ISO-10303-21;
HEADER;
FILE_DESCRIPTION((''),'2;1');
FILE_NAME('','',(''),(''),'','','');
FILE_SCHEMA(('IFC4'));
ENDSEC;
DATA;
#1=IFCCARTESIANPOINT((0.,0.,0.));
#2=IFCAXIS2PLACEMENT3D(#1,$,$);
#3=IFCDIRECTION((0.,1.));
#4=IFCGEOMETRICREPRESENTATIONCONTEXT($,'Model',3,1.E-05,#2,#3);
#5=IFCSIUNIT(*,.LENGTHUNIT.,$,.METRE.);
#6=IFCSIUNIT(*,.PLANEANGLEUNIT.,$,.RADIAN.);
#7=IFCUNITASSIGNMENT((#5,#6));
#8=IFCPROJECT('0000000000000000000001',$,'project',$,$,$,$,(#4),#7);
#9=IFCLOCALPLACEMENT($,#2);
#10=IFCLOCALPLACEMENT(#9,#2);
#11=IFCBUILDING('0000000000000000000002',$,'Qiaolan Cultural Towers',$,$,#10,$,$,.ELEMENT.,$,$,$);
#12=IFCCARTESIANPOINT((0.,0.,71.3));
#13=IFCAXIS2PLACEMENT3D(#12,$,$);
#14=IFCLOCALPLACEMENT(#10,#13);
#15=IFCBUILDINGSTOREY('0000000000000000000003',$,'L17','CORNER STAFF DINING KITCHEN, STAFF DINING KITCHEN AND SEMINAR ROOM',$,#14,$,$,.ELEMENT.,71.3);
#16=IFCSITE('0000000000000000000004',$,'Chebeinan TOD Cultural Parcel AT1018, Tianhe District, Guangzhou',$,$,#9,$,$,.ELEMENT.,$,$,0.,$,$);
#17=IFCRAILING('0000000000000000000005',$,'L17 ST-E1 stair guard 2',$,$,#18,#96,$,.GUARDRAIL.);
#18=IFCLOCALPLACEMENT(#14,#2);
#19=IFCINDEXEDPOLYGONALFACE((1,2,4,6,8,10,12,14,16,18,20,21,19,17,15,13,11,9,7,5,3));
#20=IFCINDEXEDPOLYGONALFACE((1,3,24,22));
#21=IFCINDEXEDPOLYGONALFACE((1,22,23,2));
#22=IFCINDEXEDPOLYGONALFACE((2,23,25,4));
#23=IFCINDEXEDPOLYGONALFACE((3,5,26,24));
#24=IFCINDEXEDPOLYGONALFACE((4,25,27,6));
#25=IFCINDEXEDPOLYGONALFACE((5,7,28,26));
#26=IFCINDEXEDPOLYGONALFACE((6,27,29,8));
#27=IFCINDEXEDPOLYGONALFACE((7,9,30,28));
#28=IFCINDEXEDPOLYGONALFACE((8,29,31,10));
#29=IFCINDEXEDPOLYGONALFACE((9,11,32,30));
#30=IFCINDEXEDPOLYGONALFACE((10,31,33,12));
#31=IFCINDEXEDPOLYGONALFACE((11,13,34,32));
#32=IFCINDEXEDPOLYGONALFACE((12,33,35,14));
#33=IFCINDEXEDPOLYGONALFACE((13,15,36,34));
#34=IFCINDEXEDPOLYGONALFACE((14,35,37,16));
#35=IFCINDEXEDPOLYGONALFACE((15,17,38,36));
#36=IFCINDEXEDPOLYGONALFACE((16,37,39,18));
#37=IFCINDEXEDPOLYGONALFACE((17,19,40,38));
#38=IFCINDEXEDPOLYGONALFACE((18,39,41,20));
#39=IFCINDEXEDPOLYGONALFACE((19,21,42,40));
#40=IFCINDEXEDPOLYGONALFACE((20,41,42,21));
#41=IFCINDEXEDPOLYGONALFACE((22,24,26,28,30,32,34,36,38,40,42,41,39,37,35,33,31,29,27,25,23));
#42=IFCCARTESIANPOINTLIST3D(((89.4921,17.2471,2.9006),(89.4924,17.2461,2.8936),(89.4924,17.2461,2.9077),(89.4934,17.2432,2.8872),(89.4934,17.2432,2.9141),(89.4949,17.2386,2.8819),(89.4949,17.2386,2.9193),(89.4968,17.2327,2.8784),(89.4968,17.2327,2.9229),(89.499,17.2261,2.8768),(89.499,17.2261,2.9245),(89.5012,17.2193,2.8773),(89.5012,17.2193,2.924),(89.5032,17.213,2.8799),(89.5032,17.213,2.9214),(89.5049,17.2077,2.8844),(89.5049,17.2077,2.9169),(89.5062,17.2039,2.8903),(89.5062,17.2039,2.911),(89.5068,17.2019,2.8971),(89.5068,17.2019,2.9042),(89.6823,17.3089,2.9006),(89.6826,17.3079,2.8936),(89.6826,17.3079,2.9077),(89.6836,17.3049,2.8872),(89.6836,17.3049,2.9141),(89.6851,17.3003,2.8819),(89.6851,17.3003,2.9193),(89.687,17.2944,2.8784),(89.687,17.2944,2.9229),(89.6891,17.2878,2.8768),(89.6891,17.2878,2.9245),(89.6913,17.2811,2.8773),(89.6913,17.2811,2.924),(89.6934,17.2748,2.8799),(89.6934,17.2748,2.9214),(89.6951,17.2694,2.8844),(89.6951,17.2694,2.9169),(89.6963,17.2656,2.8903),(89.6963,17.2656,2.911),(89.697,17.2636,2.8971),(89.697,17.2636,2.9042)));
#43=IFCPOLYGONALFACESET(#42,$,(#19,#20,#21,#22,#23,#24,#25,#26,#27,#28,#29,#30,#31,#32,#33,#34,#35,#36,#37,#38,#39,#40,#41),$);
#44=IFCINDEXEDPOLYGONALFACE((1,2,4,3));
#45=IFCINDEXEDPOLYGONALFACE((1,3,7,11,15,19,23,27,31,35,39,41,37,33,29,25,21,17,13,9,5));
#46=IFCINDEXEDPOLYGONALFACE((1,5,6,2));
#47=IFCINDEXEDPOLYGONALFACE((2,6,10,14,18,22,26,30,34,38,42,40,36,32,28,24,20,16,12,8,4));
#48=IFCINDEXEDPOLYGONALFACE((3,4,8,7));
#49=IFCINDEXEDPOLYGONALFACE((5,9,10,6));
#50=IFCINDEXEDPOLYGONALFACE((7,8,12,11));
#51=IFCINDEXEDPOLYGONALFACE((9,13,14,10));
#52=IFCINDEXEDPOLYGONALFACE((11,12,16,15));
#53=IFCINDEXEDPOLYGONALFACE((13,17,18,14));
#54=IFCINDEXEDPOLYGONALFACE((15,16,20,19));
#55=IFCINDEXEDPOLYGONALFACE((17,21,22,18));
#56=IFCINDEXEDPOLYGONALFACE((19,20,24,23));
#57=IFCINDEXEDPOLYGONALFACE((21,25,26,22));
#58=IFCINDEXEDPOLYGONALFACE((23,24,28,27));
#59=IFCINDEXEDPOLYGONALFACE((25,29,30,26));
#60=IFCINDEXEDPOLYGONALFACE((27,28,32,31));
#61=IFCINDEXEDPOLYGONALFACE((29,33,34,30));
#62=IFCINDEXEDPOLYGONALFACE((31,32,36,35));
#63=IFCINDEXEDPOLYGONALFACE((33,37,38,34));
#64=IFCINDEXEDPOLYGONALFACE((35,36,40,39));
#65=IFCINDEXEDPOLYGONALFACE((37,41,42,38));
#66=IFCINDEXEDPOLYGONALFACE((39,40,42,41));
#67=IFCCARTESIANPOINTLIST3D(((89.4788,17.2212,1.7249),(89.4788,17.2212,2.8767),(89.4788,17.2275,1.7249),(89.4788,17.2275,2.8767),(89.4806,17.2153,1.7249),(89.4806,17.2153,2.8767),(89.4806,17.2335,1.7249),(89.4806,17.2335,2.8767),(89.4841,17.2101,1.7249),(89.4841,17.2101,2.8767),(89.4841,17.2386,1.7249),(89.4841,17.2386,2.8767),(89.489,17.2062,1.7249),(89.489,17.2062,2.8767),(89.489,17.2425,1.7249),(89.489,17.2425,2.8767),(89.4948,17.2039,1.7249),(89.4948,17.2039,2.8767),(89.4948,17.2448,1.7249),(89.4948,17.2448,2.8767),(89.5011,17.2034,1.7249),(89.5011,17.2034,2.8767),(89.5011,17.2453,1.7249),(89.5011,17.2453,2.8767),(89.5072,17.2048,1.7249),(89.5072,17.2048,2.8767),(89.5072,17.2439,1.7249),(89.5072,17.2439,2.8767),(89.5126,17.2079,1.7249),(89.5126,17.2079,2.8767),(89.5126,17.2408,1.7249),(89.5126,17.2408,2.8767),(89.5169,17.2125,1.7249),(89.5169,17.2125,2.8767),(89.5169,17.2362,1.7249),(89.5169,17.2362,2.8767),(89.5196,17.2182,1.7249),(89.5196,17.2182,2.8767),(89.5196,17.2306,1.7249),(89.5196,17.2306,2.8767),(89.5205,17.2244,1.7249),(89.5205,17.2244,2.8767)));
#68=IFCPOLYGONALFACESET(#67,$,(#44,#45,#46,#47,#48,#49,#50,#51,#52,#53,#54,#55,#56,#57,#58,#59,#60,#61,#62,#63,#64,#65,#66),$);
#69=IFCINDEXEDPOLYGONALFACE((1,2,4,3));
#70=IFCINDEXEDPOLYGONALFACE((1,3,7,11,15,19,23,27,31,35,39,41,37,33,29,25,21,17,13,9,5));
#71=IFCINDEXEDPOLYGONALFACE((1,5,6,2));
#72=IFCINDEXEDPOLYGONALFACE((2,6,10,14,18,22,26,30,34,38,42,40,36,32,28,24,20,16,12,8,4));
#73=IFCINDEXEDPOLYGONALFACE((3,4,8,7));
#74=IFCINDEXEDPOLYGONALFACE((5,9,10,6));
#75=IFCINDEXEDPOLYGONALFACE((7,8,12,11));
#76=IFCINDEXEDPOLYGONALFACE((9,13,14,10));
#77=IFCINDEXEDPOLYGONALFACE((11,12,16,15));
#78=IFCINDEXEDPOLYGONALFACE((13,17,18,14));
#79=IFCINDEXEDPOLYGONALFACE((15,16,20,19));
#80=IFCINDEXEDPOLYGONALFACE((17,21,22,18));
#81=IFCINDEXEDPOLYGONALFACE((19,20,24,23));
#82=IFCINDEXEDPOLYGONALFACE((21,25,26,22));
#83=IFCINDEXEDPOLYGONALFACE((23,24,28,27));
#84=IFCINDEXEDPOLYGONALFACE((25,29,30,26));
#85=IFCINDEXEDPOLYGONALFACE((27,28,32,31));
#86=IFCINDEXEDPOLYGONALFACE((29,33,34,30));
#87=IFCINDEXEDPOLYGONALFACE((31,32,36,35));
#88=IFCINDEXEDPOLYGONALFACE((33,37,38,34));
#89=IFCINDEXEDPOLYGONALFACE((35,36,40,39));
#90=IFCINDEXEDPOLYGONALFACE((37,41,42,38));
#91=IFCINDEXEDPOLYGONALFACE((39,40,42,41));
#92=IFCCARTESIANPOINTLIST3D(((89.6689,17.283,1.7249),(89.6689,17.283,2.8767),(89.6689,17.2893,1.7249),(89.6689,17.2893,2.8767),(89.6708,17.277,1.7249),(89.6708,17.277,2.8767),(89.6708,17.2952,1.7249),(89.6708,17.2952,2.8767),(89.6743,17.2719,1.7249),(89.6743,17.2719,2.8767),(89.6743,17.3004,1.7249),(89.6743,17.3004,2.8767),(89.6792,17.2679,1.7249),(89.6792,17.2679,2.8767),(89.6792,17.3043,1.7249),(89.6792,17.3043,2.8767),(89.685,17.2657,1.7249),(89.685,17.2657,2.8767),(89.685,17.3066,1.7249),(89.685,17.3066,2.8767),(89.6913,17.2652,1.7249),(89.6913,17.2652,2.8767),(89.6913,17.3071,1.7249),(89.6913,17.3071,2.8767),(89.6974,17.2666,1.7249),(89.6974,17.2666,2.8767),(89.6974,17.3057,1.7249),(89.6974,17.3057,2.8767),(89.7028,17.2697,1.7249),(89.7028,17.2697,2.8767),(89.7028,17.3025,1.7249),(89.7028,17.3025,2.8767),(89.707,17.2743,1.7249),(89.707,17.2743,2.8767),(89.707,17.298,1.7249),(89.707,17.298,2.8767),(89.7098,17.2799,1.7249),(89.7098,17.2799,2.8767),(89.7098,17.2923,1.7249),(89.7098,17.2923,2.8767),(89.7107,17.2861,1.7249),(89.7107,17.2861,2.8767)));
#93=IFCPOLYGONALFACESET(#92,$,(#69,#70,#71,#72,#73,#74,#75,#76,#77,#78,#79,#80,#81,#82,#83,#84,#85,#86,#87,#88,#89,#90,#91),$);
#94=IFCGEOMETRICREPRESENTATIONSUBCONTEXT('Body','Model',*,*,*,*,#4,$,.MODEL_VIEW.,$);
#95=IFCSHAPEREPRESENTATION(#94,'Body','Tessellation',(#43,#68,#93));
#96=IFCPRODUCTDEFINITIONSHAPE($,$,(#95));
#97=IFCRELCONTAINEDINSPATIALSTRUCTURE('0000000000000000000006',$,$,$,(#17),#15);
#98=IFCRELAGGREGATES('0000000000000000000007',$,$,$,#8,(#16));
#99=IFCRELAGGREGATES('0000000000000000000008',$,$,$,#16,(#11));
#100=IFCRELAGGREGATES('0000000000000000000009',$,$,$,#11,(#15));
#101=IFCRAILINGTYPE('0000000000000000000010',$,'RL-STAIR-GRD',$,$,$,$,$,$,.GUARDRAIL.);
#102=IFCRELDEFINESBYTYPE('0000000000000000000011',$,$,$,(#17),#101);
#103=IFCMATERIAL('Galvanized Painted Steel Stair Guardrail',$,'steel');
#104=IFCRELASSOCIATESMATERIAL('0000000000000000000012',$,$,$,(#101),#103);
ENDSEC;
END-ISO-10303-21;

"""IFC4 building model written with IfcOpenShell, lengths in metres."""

from ifc_helpers import new_model, si_unit, direction, frame, origin, origin_2d, place, context, subcontext, project, spatial, circle, extrude, material, type_object, element, save


model = new_model("IFC4")

# Units and contexts
model_context = context("Model", 3, precision=1e-05, world=origin(), true_north=direction((0.0, 1.0)))
body_context = subcontext(model_context, "Body", "Model", "MODEL_VIEW")
ifc_project = project(units=[si_unit("LENGTHUNIT", "METRE"), si_unit("PLANEANGLEUNIT", "RADIAN")], contexts=[model_context])

# Site, building, storey
site_placement = place(None, origin())
site = spatial("IfcSite", under=ifc_project, at=site_placement, Name="Chebeinan TOD Cultural Parcel AT1018, Tianhe District, Guangzhou", CompositionType="ELEMENT", RefElevation=0.0)
building_placement = place(site_placement, origin())
building = spatial("IfcBuilding", under=site, at=building_placement, Name="Qiaolan Cultural Towers", CompositionType="ELEMENT")
storey_placement = place(building_placement, frame((0.0, 0.0, 71.3)))
storey = spatial("IfcBuildingStorey", under=building, at=storey_placement, Name="L17", Description="CORNER STAFF DINING KITCHEN, STAFF DINING KITCHEN AND SEMINAR ROOM", CompositionType="ELEMENT", Elevation=71.3)

# Railing
ifc_material_1 = material(Name="Galvanized Painted Steel Stair Guardrail", Category="steel")
railing_type_1 = type_object("IfcRailingType", Name="RL-STAIR-GRD", PredefinedType="GUARDRAIL", material=ifc_material_1)
railing_1_placement = place(storey_placement, frame((89.4995, 17.2244, 1.7249)))
element("IfcRailing", 1, at=railing_1_placement, inside=storey, type_object=railing_type_1, Name="L17 ST-E1 stair guard 2", PredefinedType="GUARDRAIL", context=body_context, shape_type="SweptSolid", body=[
    extrude(circle(Radius=0.0239, at=origin_2d()), frame((0.0, 0.0, 1.1758), z_axis=(0.951097, 0.308893, 0.0), x_axis=(-0.308893, 0.951097, 0.0)), (0.0, 0.0, 1.0), 0.2),
    extrude(circle(Radius=0.021, at=origin_2d()), origin(), (0.0, 0.0, 1.0), 1.1519),
    extrude(circle(Radius=0.021, at=origin_2d()), frame((0.1902, 0.0618, 0.0)), (0.0, 0.0, 1.0), 1.1519),
])

save(model, "model.ifc")
